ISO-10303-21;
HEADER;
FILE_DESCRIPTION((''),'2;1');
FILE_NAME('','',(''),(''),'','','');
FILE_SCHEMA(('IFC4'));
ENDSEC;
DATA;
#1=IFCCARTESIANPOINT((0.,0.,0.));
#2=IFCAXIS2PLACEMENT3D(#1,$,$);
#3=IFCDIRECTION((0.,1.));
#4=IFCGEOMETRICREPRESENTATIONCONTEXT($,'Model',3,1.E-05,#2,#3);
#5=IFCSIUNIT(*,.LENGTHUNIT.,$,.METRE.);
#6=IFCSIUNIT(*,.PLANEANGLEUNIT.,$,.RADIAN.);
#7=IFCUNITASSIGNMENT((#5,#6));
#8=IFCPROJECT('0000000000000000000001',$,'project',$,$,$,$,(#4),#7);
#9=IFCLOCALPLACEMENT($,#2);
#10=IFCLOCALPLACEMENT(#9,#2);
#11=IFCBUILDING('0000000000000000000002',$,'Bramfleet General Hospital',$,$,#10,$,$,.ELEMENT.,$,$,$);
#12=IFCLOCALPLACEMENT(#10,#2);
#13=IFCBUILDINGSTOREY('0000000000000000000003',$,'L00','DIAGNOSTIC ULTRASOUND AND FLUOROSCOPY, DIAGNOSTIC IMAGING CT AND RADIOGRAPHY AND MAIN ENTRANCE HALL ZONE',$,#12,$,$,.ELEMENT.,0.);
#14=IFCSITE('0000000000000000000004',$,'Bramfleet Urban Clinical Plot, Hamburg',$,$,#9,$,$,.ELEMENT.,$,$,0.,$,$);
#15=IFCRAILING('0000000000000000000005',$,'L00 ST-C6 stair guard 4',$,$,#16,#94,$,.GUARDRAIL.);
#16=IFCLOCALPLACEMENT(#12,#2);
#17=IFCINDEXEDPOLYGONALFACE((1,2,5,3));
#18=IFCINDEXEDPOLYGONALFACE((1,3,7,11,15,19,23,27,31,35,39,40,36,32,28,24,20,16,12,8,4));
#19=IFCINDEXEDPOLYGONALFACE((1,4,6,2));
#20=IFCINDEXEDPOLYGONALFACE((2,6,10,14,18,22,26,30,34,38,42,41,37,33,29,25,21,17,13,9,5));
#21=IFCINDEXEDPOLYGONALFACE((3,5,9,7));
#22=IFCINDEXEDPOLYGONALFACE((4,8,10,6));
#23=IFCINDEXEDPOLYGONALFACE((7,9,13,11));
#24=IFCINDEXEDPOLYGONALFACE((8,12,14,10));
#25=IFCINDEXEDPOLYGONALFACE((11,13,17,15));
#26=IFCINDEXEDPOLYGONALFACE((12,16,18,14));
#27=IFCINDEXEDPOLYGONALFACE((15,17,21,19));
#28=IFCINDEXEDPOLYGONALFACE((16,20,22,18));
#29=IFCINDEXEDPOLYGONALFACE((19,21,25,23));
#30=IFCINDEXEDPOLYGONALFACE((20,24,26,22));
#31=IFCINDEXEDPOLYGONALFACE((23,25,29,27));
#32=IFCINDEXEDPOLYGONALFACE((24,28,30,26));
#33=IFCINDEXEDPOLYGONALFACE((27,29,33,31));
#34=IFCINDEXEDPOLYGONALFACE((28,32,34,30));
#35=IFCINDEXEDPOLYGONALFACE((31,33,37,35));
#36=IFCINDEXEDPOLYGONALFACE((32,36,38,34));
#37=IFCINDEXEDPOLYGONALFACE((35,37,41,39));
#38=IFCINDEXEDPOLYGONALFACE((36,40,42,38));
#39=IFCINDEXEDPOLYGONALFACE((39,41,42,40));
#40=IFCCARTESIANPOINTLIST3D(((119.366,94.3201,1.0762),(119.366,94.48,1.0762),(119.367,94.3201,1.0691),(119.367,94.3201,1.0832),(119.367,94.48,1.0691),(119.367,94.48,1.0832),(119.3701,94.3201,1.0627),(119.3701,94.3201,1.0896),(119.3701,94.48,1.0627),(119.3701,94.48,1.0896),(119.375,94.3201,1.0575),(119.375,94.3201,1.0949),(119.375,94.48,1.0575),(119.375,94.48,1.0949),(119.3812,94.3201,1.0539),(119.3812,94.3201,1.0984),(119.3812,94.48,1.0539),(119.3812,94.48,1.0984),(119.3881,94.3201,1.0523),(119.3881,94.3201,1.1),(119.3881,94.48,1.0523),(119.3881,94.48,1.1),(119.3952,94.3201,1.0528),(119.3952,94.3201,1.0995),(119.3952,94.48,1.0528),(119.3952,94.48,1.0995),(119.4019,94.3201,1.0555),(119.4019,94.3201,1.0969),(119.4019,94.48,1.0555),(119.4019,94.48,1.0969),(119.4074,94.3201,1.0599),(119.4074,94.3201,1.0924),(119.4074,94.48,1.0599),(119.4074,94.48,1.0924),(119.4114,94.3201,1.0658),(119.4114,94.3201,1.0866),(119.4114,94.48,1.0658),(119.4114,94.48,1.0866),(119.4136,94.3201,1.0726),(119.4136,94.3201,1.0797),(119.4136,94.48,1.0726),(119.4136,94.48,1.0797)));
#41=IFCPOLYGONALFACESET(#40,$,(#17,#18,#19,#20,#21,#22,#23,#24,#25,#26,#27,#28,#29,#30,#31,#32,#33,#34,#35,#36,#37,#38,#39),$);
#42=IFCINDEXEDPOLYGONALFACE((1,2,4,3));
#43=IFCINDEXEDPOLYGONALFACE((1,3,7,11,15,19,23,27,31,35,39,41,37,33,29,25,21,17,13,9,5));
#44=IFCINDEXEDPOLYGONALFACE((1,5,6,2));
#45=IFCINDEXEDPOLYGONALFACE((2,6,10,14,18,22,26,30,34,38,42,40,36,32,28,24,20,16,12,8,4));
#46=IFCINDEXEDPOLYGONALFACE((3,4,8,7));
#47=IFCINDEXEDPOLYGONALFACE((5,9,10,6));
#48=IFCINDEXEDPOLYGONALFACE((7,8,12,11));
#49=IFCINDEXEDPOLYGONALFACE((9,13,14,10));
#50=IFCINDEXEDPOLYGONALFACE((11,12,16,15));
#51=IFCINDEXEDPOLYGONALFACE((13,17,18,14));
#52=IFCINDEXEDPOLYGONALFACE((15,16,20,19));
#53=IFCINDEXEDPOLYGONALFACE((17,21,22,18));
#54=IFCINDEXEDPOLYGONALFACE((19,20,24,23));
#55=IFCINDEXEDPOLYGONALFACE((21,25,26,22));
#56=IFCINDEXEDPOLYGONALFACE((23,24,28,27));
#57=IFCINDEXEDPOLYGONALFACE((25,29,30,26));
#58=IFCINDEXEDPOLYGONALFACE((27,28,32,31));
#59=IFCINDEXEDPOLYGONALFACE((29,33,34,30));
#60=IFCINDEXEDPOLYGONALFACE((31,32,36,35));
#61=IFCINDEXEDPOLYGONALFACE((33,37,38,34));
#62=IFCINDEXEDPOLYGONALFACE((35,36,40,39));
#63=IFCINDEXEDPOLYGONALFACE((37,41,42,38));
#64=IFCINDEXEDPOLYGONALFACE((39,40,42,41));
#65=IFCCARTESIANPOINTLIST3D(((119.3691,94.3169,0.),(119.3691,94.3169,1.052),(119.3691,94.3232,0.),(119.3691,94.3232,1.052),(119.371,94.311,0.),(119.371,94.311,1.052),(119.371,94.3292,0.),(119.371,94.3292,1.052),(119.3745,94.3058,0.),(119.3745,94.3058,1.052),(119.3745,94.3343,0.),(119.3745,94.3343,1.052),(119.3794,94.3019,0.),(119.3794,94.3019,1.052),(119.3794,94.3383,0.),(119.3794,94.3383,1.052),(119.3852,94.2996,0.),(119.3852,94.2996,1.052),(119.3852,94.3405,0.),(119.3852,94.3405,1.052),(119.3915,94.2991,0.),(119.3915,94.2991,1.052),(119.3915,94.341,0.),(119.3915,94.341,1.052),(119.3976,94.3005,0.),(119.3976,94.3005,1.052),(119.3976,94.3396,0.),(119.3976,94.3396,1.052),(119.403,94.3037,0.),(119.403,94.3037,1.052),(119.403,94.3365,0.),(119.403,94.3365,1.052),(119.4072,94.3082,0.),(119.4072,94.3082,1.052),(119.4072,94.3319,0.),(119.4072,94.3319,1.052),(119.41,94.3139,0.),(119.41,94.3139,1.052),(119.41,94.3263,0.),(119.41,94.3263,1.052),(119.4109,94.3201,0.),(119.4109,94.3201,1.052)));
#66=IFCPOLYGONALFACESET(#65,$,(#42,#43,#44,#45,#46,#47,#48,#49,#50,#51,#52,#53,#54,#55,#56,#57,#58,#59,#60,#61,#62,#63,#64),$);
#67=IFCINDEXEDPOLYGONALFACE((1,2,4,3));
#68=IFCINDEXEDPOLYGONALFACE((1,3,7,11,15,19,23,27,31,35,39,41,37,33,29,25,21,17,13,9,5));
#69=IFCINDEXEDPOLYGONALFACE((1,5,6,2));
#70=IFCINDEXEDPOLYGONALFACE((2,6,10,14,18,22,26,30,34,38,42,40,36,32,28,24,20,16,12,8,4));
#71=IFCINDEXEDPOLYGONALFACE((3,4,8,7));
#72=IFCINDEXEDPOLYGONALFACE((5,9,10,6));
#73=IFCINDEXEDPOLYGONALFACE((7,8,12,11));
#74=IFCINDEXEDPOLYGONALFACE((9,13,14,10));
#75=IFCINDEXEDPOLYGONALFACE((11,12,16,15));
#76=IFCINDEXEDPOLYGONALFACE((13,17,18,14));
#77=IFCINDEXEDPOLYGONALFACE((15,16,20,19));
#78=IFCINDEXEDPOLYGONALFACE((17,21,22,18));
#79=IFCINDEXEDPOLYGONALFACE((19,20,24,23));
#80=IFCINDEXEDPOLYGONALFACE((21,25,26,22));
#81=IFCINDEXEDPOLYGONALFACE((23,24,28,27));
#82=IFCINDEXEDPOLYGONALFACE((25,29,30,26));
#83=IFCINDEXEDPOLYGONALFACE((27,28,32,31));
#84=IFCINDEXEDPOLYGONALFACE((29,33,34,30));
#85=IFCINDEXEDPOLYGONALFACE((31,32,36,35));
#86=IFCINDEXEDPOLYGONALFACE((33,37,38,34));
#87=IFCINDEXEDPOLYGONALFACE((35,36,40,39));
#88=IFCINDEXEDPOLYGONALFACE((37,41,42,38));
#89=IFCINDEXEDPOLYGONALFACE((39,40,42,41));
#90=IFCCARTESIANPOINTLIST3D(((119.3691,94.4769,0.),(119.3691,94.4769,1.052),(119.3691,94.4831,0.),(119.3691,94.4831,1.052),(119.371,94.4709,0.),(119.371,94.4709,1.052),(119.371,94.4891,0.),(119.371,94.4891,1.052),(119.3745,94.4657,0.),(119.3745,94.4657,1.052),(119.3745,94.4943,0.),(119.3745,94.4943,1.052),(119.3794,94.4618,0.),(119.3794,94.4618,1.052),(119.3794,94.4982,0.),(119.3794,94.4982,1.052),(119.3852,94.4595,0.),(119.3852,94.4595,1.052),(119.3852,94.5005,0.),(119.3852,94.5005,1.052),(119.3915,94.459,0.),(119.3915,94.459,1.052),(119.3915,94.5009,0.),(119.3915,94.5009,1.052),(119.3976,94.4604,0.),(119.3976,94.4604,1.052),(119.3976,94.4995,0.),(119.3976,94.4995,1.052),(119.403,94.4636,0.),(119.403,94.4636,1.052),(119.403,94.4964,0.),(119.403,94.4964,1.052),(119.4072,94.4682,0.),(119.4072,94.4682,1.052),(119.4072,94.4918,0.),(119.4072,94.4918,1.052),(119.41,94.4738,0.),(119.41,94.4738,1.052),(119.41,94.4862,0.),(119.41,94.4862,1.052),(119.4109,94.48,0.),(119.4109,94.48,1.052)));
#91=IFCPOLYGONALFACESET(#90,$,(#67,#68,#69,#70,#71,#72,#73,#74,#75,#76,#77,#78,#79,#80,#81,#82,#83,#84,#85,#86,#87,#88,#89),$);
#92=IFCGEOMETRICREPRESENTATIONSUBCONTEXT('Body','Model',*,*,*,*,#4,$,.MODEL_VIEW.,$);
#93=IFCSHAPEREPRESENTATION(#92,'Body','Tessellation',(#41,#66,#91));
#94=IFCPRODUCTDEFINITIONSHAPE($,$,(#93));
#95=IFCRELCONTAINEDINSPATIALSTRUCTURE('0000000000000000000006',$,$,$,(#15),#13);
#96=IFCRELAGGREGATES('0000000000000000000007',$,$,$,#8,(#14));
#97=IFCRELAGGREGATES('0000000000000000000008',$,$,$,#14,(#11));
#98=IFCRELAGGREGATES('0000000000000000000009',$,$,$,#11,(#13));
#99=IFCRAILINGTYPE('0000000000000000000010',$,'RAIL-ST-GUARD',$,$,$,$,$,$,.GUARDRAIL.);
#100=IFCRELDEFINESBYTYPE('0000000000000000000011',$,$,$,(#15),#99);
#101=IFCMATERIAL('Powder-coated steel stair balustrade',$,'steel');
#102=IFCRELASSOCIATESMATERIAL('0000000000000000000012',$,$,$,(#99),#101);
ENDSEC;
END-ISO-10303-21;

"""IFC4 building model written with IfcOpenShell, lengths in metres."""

from ifc_helpers import new_model, si_unit, direction, frame, origin, origin_2d, place, context, subcontext, project, spatial, circle, extrude, material, type_object, element, save


model = new_model("IFC4")

# Units and contexts
model_context = context("Model", 3, precision=1e-05, world=origin(), true_north=direction((0.0, 1.0)))
body_context = subcontext(model_context, "Body", "Model", "MODEL_VIEW")
ifc_project = project(units=[si_unit("LENGTHUNIT", "METRE"), si_unit("PLANEANGLEUNIT", "RADIAN")], contexts=[model_context])

# Site, building, storey
site_placement = place(None, origin())
site = spatial("IfcSite", under=ifc_project, at=site_placement, Name="Bramfleet Urban Clinical Plot, Hamburg", CompositionType="ELEMENT", RefElevation=0.0)
building_placement = place(site_placement, origin())
building = spatial("IfcBuilding", under=site, at=building_placement, Name="Bramfleet General Hospital", CompositionType="ELEMENT")
storey_placement = place(building_placement, origin())
storey = spatial("IfcBuildingStorey", under=building, at=storey_placement, Name="L00", Description="DIAGNOSTIC ULTRASOUND AND FLUOROSCOPY, DIAGNOSTIC IMAGING CT AND RADIOGRAPHY AND MAIN ENTRANCE HALL ZONE", CompositionType="ELEMENT", Elevation=0.0)

# Railing
ifc_material_1 = material(Name="Powder-coated steel stair balustrade", Category="steel")
railing_type_1 = type_object("IfcRailingType", Name="RAIL-ST-GUARD", PredefinedType="GUARDRAIL", material=ifc_material_1)
railing_1_placement = place(storey_placement, frame((119.3899, 94.3201, 0.0)))
element("IfcRailing", 1, at=railing_1_placement, inside=storey, type_object=railing_type_1, Name="L00 ST-C6 stair guard 4", PredefinedType="GUARDRAIL", context=body_context, shape_type="SweptSolid", body=[
    extrude(circle(Radius=0.0239, at=origin_2d()), frame((0.0, 0.0, 1.0762), z_axis=(0.0, 1.0, 0.0), x_axis=(-1.0, 0.0, 0.0)), (0.0, 0.0, 1.0), 0.1599),
    extrude(circle(Radius=0.021, at=origin_2d()), origin(), (0.0, 0.0, 1.0), 1.052),
    extrude(circle(Radius=0.021, at=origin_2d()), frame((0.0, 0.1599, 0.0)), (0.0, 0.0, 1.0), 1.052),
])

save(model, "model.ifc")
